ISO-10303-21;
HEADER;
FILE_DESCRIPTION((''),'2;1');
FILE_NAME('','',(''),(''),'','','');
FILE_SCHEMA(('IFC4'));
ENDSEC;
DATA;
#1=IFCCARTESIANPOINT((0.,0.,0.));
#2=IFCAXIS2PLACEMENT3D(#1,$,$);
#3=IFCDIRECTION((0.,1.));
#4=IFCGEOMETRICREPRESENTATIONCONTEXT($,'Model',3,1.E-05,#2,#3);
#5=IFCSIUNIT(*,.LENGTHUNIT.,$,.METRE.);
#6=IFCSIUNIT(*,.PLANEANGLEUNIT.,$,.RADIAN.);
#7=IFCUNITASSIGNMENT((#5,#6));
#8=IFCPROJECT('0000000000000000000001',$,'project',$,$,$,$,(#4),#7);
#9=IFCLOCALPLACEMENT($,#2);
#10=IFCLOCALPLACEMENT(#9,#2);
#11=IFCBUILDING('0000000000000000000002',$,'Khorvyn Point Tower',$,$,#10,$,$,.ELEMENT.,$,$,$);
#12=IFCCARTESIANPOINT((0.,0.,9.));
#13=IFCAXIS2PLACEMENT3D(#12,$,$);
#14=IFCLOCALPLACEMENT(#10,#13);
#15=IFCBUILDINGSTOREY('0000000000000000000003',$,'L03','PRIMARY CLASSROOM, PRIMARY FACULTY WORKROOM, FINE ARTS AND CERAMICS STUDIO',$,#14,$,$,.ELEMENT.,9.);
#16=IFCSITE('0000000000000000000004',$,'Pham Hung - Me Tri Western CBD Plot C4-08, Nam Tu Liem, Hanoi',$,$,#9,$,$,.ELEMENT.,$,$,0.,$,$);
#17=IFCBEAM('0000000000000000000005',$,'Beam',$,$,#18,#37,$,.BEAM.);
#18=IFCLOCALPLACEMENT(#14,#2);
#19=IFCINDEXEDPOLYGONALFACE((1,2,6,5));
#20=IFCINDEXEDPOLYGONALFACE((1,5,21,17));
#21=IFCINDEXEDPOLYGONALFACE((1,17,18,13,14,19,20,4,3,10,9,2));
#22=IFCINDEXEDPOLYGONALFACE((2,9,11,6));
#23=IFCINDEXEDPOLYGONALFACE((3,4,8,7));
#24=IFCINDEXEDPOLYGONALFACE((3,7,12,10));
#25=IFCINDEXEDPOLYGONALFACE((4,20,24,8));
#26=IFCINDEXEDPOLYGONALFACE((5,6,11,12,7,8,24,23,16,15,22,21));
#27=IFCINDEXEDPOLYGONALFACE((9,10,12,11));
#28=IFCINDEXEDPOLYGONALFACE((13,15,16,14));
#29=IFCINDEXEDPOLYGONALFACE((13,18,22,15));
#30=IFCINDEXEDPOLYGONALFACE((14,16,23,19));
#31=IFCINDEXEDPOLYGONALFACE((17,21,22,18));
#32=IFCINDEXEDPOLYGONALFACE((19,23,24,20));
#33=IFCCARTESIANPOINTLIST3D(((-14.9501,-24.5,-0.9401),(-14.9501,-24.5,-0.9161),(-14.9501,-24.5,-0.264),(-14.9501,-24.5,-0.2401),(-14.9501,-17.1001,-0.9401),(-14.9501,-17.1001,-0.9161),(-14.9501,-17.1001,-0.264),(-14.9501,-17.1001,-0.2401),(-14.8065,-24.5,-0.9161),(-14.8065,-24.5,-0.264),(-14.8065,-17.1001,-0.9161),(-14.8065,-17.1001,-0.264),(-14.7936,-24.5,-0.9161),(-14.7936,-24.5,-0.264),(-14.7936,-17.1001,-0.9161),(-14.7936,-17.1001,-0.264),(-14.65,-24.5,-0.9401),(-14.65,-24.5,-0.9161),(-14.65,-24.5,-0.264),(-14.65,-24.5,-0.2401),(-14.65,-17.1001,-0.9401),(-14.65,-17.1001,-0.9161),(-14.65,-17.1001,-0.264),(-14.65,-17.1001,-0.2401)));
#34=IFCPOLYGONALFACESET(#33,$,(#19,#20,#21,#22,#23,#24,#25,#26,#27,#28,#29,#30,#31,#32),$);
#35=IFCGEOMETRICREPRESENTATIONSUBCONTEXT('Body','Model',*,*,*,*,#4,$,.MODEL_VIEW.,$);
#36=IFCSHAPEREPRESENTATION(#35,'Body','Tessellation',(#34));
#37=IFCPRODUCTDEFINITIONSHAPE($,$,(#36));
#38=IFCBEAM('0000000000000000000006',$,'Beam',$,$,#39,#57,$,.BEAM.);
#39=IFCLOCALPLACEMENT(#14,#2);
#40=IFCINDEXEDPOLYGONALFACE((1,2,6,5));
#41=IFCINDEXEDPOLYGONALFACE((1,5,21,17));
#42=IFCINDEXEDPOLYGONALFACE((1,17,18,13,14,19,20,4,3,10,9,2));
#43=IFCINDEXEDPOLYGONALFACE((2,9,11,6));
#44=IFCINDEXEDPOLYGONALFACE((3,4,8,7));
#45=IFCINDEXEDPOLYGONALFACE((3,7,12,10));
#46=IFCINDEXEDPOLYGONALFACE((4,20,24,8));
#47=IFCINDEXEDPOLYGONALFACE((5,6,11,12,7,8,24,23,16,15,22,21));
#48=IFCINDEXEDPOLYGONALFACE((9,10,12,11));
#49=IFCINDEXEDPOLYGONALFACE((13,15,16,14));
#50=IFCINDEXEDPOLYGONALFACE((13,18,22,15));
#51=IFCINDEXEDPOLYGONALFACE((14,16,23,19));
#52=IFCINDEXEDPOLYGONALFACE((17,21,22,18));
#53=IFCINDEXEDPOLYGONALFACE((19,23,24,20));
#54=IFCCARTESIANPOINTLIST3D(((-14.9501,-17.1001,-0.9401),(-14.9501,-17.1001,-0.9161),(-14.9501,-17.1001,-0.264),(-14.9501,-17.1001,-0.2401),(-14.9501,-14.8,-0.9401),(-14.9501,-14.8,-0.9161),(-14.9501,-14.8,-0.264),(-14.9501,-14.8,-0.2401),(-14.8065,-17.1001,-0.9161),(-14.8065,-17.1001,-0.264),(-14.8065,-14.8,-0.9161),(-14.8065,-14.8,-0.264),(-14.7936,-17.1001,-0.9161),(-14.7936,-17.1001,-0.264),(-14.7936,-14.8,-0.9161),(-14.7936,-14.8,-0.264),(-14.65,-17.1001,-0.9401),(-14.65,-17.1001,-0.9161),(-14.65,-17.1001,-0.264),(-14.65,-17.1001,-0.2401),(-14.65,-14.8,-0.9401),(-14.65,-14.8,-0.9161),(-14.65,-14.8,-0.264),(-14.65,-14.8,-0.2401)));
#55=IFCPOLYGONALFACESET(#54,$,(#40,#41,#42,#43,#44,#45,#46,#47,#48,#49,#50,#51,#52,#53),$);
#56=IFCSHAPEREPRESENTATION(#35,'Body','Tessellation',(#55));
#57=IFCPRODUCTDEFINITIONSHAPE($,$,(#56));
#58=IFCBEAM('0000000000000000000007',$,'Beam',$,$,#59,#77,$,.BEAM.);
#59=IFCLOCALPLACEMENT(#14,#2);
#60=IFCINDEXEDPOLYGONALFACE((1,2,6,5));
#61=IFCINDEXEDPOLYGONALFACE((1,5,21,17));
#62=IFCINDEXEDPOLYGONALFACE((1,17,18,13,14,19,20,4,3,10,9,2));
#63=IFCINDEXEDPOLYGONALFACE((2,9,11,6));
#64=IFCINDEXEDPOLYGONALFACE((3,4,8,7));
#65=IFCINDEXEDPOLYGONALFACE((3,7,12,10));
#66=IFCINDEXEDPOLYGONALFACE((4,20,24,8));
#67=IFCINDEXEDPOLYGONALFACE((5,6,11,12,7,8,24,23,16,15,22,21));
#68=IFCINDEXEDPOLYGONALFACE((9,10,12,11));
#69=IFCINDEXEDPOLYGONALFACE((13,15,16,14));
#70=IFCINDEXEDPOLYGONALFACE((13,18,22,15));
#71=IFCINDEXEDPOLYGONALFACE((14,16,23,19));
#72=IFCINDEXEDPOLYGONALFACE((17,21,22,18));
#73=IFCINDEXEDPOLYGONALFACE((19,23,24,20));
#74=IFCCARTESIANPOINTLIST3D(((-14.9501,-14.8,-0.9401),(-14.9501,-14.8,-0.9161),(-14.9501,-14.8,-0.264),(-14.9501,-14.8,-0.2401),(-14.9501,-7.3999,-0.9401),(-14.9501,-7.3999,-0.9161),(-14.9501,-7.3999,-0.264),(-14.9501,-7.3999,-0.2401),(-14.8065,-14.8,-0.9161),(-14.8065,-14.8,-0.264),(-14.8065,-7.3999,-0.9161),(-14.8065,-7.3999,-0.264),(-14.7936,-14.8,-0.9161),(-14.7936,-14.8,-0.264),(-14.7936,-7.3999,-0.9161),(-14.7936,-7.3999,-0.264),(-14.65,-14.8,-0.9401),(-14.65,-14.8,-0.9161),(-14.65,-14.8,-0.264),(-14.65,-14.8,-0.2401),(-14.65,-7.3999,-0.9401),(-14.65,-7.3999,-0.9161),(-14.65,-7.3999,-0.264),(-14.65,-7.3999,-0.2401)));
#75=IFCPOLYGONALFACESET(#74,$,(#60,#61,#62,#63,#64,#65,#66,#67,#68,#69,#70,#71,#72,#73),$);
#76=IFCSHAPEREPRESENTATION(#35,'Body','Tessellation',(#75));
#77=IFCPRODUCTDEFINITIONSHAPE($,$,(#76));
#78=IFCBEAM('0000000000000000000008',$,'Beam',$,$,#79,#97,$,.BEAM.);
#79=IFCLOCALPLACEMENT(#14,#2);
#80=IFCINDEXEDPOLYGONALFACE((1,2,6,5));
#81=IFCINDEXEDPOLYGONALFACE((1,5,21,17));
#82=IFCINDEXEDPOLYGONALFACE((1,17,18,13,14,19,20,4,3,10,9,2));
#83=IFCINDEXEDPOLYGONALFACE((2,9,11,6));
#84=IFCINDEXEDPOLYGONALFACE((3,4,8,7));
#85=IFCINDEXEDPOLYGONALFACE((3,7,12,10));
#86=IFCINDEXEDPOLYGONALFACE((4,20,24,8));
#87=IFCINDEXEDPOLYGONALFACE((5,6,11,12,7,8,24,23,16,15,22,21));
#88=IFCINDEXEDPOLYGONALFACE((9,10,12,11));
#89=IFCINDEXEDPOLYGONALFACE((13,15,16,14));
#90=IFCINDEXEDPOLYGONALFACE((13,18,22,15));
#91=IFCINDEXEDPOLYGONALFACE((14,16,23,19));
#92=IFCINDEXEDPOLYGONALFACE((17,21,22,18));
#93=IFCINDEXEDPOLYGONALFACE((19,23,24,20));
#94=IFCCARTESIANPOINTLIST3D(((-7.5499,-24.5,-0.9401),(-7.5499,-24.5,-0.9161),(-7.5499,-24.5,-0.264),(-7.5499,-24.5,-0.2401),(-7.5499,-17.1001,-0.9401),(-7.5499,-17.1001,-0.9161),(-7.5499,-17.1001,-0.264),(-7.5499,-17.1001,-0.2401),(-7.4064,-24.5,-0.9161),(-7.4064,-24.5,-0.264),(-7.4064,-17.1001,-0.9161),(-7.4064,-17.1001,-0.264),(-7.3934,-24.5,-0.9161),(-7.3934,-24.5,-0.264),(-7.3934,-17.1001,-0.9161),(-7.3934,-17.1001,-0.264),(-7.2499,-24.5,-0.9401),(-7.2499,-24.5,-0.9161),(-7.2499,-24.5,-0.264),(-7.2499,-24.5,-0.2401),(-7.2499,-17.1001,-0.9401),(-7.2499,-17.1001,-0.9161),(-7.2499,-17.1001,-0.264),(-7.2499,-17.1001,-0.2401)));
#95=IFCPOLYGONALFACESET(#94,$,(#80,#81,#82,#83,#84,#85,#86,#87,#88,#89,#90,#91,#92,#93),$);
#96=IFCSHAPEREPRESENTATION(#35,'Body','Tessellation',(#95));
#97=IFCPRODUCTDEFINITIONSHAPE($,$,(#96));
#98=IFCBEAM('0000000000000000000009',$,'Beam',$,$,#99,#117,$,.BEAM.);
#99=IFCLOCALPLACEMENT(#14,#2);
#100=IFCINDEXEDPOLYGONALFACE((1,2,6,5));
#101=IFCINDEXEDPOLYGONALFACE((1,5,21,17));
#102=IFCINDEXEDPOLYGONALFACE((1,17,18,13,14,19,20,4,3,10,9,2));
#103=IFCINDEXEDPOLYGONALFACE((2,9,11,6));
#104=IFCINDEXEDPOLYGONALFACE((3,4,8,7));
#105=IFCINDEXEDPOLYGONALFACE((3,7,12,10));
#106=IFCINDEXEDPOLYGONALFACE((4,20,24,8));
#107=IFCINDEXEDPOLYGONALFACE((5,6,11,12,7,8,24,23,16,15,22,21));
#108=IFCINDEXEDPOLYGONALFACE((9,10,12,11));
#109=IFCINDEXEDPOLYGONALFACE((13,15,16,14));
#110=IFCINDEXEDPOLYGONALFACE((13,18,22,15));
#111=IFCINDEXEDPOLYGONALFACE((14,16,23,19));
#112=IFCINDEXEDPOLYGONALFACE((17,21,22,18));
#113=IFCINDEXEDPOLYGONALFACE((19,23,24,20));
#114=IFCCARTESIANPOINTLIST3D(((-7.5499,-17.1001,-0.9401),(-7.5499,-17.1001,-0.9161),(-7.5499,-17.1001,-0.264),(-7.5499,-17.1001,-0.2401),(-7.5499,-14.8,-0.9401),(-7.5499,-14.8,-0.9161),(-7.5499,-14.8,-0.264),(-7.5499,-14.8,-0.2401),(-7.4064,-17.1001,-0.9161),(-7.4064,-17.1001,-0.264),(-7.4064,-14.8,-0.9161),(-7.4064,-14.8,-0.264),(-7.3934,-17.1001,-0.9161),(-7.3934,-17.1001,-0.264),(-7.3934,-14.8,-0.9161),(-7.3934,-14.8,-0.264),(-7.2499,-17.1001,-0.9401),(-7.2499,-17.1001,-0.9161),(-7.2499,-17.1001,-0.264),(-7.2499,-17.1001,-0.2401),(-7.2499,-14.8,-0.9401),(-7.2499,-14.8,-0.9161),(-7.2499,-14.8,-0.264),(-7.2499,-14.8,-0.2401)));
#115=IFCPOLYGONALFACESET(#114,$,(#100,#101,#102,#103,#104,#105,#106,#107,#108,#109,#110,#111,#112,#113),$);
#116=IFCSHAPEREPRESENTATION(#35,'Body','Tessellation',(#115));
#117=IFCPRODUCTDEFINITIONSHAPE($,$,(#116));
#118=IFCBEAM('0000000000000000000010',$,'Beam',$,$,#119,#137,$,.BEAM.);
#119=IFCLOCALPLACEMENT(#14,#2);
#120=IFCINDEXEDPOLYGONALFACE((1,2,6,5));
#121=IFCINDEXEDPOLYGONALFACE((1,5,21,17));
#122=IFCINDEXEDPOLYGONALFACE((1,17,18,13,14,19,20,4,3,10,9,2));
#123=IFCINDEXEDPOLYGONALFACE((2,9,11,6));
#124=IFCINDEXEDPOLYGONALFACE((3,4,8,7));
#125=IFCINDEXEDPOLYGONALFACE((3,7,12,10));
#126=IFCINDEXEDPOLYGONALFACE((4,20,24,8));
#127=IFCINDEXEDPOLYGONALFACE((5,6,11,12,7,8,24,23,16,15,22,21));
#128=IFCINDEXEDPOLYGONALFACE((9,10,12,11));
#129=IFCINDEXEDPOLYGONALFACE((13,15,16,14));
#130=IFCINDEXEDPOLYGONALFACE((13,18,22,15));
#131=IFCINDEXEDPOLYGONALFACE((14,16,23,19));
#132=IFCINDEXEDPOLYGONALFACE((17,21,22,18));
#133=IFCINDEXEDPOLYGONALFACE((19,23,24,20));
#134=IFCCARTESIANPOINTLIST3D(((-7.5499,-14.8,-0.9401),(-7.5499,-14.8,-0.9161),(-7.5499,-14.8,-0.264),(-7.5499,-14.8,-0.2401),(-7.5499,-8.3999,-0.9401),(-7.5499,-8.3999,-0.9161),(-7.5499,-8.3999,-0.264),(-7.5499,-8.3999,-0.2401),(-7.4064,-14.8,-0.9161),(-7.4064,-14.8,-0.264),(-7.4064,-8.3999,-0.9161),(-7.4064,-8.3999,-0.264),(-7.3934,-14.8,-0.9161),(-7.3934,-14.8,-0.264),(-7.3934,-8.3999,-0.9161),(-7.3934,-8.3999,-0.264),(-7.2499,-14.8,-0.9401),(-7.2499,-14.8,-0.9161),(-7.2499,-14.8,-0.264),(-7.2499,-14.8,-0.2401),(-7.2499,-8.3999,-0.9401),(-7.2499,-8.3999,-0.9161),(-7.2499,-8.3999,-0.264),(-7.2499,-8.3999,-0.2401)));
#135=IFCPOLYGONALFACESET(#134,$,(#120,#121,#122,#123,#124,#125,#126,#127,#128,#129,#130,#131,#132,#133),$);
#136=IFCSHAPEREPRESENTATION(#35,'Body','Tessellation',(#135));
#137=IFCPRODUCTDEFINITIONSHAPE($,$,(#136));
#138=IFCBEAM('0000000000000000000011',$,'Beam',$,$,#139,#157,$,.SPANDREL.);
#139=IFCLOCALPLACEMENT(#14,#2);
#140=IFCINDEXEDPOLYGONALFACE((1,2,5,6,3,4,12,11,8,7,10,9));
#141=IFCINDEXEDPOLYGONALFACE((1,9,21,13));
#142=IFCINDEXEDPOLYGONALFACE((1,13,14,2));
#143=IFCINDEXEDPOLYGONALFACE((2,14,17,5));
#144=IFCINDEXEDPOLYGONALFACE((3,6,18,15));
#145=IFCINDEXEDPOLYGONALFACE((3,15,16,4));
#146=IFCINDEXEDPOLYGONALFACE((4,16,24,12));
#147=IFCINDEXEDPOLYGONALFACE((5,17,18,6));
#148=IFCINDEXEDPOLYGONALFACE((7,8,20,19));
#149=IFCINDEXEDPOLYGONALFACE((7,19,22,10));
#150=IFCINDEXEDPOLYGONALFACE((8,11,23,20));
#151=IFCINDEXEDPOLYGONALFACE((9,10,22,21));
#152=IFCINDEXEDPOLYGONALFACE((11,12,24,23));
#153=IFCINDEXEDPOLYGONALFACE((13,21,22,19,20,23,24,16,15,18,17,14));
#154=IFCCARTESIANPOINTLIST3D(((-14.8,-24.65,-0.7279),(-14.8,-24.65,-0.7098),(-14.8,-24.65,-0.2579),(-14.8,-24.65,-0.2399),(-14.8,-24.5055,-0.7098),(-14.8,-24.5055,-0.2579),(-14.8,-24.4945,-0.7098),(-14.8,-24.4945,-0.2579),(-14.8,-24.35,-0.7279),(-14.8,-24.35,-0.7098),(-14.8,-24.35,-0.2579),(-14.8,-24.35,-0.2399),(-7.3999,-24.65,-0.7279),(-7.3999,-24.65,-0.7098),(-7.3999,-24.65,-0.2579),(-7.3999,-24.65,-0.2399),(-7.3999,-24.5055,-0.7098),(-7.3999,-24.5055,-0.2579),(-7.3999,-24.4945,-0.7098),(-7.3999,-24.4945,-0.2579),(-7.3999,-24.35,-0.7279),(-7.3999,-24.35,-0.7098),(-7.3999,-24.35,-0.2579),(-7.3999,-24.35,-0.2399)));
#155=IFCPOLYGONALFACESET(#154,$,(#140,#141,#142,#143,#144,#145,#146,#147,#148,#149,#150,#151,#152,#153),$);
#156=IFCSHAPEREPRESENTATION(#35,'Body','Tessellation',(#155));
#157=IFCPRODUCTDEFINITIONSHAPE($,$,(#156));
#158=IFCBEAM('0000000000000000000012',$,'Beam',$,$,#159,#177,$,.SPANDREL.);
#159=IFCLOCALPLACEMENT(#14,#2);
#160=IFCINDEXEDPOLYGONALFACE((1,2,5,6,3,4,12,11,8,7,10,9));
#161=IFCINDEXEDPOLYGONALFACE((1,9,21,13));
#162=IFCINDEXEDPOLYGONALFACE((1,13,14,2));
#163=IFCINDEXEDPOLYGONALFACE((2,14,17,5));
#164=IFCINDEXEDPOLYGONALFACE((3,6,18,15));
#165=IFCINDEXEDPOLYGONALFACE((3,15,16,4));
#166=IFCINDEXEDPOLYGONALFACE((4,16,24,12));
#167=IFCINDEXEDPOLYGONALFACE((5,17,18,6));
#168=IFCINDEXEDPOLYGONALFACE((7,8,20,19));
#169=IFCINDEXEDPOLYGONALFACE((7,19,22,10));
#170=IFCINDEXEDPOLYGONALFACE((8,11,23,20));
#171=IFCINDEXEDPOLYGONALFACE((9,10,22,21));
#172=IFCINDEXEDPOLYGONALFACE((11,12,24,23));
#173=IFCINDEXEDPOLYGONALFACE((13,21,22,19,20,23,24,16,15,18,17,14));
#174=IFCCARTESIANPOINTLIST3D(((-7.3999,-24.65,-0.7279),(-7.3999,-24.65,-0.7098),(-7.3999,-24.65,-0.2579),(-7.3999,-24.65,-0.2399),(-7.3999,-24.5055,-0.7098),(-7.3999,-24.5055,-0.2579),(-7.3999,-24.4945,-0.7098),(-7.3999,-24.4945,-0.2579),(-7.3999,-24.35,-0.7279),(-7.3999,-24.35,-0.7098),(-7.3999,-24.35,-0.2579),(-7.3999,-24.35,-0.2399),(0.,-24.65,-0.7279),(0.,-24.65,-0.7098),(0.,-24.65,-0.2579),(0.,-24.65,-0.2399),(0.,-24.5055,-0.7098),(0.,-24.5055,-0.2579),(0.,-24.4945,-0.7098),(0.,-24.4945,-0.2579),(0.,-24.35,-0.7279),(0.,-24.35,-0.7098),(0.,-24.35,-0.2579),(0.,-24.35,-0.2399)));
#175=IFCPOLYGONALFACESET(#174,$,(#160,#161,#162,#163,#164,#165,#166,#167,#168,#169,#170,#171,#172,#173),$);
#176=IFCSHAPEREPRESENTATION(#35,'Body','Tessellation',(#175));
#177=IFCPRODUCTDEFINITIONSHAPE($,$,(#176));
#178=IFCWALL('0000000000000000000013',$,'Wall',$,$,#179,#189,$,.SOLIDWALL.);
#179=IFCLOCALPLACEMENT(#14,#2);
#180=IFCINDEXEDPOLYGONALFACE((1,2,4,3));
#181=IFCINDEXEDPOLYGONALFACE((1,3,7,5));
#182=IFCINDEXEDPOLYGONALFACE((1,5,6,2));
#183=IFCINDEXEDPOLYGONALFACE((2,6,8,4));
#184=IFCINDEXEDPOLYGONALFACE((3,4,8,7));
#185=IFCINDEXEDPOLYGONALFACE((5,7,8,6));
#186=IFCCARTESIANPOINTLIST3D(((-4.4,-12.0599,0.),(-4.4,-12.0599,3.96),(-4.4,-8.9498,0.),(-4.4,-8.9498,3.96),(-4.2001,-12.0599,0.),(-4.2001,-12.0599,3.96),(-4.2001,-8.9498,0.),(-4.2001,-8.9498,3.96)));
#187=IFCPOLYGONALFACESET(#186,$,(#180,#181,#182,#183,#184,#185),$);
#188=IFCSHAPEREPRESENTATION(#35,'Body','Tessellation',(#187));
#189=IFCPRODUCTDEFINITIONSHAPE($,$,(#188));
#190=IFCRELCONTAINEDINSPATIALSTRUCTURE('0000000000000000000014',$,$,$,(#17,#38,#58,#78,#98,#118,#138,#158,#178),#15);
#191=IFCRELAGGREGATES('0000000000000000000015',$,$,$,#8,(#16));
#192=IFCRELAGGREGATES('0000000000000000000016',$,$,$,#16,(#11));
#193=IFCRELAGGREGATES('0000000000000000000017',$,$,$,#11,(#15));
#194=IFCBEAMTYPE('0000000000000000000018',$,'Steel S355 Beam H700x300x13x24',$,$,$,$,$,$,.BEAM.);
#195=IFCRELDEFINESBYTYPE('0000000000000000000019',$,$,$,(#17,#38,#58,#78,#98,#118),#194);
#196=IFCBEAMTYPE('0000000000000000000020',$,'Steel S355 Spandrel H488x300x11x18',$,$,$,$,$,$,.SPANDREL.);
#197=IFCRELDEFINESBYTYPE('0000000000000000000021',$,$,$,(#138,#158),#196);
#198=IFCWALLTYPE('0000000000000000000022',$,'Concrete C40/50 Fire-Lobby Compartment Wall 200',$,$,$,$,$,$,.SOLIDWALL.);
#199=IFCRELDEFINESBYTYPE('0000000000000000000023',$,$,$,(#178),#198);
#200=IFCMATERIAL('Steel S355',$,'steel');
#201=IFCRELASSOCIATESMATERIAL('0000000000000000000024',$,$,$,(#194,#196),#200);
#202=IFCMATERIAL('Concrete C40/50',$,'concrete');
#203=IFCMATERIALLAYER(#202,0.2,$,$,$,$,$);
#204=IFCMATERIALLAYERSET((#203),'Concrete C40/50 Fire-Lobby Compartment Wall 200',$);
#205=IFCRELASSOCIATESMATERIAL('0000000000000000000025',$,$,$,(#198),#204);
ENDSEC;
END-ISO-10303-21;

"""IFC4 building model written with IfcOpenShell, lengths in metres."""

from ifc_helpers import new_model, si_unit, direction, frame, frame_2d, origin, origin_2d, place, context, subcontext, project, spatial, rectangle, i_section, extrude, material, layer, layer_set, material_profile, profile_set, type_object, element, save


model = new_model("IFC4")

# Units and contexts
model_context = context("Model", 3, precision=1e-05, world=origin(), true_north=direction((0.0, 1.0)))
body_context = subcontext(model_context, "Body", "Model", "MODEL_VIEW")
ifc_project = project(units=[si_unit("LENGTHUNIT", "METRE"), si_unit("PLANEANGLEUNIT", "RADIAN")], contexts=[model_context])

# Site, building, storey
site_placement = place(None, origin())
site = spatial("IfcSite", under=ifc_project, at=site_placement, Name="Pham Hung - Me Tri Western CBD Plot C4-08, Nam Tu Liem, Hanoi", CompositionType="ELEMENT", RefElevation=0.0)
building_placement = place(site_placement, origin())
building = spatial("IfcBuilding", under=site, at=building_placement, Name="Khorvyn Point Tower", CompositionType="ELEMENT")
storey_placement = place(building_placement, frame((0.0, 0.0, 9.0)))
storey = spatial("IfcBuildingStorey", under=building, at=storey_placement, Name="L03", Description="PRIMARY CLASSROOM, PRIMARY FACULTY WORKROOM, FINE ARTS AND CERAMICS STUDIO", CompositionType="ELEMENT", Elevation=9.0)

# Shared definitions
ifc_material_1 = material(Name="Concrete C40/50", Category="concrete")

# Beams
ifc_material_2 = material(Name="Steel S355", Category="steel")
ifc_material_profile_1 = material_profile(ifc_material_2, i_section(OverallWidth=0.3, OverallDepth=0.7, WebThickness=0.0129, FlangeThickness=0.0239, at=origin_2d()))
ifc_profile_set_1 = profile_set([ifc_material_profile_1], Name="Steel S355 H700x300x13x24")
beam_type_1 = type_object("IfcBeamType", Name="Steel S355 Beam H700x300x13x24", PredefinedType="BEAM", material=ifc_profile_set_1)
beam_1_placement = place(storey_placement, frame((-14.8, -24.5, -0.5901), z_axis=(0.0, 1.0, 0.0), x_axis=(-1.0, 0.0, 0.0)))
element("IfcBeam", 1, at=beam_1_placement, inside=storey, type_object=beam_type_1, Name="Beam", PredefinedType="BEAM", context=body_context, shape_type="SweptSolid", body=[
    extrude(i_section(OverallWidth=0.3, OverallDepth=0.7, WebThickness=0.0129, FlangeThickness=0.0239, at=origin_2d()), origin(), (0.0, 0.0, 1.0), 7.3999),
])
beam_2_placement = place(storey_placement, frame((-14.8, -17.1001, -0.5901), z_axis=(0.0, 1.0, 0.0), x_axis=(-1.0, 0.0, 0.0)))
element("IfcBeam", 2, at=beam_2_placement, inside=storey, type_object=beam_type_1, Name="Beam", PredefinedType="BEAM", context=body_context, shape_type="SweptSolid", body=[
    extrude(i_section(OverallWidth=0.3, OverallDepth=0.7, WebThickness=0.0129, FlangeThickness=0.0239, at=origin_2d()), origin(), (0.0, 0.0, 1.0), 2.3),
])
beam_3_placement = place(storey_placement, frame((-14.8, -14.8, -0.5901), z_axis=(0.0, 1.0, 0.0), x_axis=(-1.0, 0.0, 0.0)))
element("IfcBeam", 3, at=beam_3_placement, inside=storey, type_object=beam_type_1, Name="Beam", PredefinedType="BEAM", context=body_context, shape_type="SweptSolid", body=[
    extrude(i_section(OverallWidth=0.3, OverallDepth=0.7, WebThickness=0.0129, FlangeThickness=0.0239, at=origin_2d()), origin(), (0.0, 0.0, 1.0), 7.4001),
])
beam_4_placement = place(storey_placement, frame((-7.3999, -24.5, -0.5901), z_axis=(0.0, 1.0, 0.0), x_axis=(-1.0, 0.0, 0.0)))
element("IfcBeam", 4, at=beam_4_placement, inside=storey, type_object=beam_type_1, Name="Beam", PredefinedType="BEAM", context=body_context, shape_type="SweptSolid", body=[
    extrude(i_section(OverallWidth=0.3, OverallDepth=0.7, WebThickness=0.0129, FlangeThickness=0.0239, at=origin_2d()), origin(), (0.0, 0.0, 1.0), 7.3999),
])
beam_5_placement = place(storey_placement, frame((-7.3999, -17.1001, -0.5901), z_axis=(0.0, 1.0, 0.0), x_axis=(-1.0, 0.0, 0.0)))
element("IfcBeam", 5, at=beam_5_placement, inside=storey, type_object=beam_type_1, Name="Beam", PredefinedType="BEAM", context=body_context, shape_type="SweptSolid", body=[
    extrude(i_section(OverallWidth=0.3, OverallDepth=0.7, WebThickness=0.0129, FlangeThickness=0.0239, at=origin_2d()), origin(), (0.0, 0.0, 1.0), 2.3),
])
beam_6_placement = place(storey_placement, frame((-7.3999, -14.8, -0.5901), z_axis=(0.0, 1.0, 0.0), x_axis=(-1.0, 0.0, 0.0)))
element("IfcBeam", 6, at=beam_6_placement, inside=storey, type_object=beam_type_1, Name="Beam", PredefinedType="BEAM", context=body_context, shape_type="SweptSolid", body=[
    extrude(i_section(OverallWidth=0.3, OverallDepth=0.7, WebThickness=0.0129, FlangeThickness=0.0239, at=origin_2d()), origin(), (0.0, 0.0, 1.0), 6.4001),
])
ifc_material_profile_2 = material_profile(ifc_material_2, i_section(OverallWidth=0.3, OverallDepth=0.488, WebThickness=0.011, FlangeThickness=0.0181, at=origin_2d()))
ifc_profile_set_2 = profile_set([ifc_material_profile_2], Name="Steel S355 H488x300x11x18")
beam_type_2 = type_object("IfcBeamType", Name="Steel S355 Spandrel H488x300x11x18", PredefinedType="SPANDREL", material=ifc_profile_set_2)
beam_7_placement = place(storey_placement, frame((-14.8, -24.5, -0.4839), z_axis=(1.0, 0.0, 0.0), x_axis=(0.0, 1.0, 0.0)))
element("IfcBeam", 7, at=beam_7_placement, inside=storey, type_object=beam_type_2, Name="Beam", PredefinedType="SPANDREL", context=body_context, shape_type="SweptSolid", body=[
    extrude(i_section(OverallWidth=0.3, OverallDepth=0.488, WebThickness=0.011, FlangeThickness=0.0181, at=origin_2d()), origin(), (0.0, 0.0, 1.0), 7.4001),
])
beam_8_placement = place(storey_placement, frame((-7.3999, -24.5, -0.4839), z_axis=(1.0, 0.0, 0.0), x_axis=(0.0, 1.0, 0.0)))
element("IfcBeam", 8, at=beam_8_placement, inside=storey, type_object=beam_type_2, Name="Beam", PredefinedType="SPANDREL", context=body_context, shape_type="SweptSolid", body=[
    extrude(i_section(OverallWidth=0.3, OverallDepth=0.488, WebThickness=0.011, FlangeThickness=0.0181, at=origin_2d()), origin(), (0.0, 0.0, 1.0), 7.3999),
])

# Shared definitions
ifc_layer_1 = layer(ifc_material_1, 0.2)
ifc_layer_set_1 = layer_set([ifc_layer_1], Name="Concrete C40/50 Fire-Lobby Compartment Wall 200")
wall_type_1 = type_object("IfcWallType", Name="Concrete C40/50 Fire-Lobby Compartment Wall 200", PredefinedType="SOLIDWALL", material=ifc_layer_set_1)

# Wall
wall_1_placement = place(storey_placement, frame((-4.3, -12.0601, 0.0), z_axis=(0.0, 0.0, 1.0), x_axis=(0.0, 1.0, 0.0)))
element("IfcWall", 9, at=wall_1_placement, inside=storey, type_object=wall_type_1, Name="Wall", PredefinedType="SOLIDWALL", context=body_context, shape_type="SweptSolid", body=[
    extrude(rectangle(XDim=3.1101, YDim=0.2, at=frame_2d((1.5552, 0.0))), origin(), (0.0, 0.0, 1.0), 3.96),
])

save(model, "model.ifc")
